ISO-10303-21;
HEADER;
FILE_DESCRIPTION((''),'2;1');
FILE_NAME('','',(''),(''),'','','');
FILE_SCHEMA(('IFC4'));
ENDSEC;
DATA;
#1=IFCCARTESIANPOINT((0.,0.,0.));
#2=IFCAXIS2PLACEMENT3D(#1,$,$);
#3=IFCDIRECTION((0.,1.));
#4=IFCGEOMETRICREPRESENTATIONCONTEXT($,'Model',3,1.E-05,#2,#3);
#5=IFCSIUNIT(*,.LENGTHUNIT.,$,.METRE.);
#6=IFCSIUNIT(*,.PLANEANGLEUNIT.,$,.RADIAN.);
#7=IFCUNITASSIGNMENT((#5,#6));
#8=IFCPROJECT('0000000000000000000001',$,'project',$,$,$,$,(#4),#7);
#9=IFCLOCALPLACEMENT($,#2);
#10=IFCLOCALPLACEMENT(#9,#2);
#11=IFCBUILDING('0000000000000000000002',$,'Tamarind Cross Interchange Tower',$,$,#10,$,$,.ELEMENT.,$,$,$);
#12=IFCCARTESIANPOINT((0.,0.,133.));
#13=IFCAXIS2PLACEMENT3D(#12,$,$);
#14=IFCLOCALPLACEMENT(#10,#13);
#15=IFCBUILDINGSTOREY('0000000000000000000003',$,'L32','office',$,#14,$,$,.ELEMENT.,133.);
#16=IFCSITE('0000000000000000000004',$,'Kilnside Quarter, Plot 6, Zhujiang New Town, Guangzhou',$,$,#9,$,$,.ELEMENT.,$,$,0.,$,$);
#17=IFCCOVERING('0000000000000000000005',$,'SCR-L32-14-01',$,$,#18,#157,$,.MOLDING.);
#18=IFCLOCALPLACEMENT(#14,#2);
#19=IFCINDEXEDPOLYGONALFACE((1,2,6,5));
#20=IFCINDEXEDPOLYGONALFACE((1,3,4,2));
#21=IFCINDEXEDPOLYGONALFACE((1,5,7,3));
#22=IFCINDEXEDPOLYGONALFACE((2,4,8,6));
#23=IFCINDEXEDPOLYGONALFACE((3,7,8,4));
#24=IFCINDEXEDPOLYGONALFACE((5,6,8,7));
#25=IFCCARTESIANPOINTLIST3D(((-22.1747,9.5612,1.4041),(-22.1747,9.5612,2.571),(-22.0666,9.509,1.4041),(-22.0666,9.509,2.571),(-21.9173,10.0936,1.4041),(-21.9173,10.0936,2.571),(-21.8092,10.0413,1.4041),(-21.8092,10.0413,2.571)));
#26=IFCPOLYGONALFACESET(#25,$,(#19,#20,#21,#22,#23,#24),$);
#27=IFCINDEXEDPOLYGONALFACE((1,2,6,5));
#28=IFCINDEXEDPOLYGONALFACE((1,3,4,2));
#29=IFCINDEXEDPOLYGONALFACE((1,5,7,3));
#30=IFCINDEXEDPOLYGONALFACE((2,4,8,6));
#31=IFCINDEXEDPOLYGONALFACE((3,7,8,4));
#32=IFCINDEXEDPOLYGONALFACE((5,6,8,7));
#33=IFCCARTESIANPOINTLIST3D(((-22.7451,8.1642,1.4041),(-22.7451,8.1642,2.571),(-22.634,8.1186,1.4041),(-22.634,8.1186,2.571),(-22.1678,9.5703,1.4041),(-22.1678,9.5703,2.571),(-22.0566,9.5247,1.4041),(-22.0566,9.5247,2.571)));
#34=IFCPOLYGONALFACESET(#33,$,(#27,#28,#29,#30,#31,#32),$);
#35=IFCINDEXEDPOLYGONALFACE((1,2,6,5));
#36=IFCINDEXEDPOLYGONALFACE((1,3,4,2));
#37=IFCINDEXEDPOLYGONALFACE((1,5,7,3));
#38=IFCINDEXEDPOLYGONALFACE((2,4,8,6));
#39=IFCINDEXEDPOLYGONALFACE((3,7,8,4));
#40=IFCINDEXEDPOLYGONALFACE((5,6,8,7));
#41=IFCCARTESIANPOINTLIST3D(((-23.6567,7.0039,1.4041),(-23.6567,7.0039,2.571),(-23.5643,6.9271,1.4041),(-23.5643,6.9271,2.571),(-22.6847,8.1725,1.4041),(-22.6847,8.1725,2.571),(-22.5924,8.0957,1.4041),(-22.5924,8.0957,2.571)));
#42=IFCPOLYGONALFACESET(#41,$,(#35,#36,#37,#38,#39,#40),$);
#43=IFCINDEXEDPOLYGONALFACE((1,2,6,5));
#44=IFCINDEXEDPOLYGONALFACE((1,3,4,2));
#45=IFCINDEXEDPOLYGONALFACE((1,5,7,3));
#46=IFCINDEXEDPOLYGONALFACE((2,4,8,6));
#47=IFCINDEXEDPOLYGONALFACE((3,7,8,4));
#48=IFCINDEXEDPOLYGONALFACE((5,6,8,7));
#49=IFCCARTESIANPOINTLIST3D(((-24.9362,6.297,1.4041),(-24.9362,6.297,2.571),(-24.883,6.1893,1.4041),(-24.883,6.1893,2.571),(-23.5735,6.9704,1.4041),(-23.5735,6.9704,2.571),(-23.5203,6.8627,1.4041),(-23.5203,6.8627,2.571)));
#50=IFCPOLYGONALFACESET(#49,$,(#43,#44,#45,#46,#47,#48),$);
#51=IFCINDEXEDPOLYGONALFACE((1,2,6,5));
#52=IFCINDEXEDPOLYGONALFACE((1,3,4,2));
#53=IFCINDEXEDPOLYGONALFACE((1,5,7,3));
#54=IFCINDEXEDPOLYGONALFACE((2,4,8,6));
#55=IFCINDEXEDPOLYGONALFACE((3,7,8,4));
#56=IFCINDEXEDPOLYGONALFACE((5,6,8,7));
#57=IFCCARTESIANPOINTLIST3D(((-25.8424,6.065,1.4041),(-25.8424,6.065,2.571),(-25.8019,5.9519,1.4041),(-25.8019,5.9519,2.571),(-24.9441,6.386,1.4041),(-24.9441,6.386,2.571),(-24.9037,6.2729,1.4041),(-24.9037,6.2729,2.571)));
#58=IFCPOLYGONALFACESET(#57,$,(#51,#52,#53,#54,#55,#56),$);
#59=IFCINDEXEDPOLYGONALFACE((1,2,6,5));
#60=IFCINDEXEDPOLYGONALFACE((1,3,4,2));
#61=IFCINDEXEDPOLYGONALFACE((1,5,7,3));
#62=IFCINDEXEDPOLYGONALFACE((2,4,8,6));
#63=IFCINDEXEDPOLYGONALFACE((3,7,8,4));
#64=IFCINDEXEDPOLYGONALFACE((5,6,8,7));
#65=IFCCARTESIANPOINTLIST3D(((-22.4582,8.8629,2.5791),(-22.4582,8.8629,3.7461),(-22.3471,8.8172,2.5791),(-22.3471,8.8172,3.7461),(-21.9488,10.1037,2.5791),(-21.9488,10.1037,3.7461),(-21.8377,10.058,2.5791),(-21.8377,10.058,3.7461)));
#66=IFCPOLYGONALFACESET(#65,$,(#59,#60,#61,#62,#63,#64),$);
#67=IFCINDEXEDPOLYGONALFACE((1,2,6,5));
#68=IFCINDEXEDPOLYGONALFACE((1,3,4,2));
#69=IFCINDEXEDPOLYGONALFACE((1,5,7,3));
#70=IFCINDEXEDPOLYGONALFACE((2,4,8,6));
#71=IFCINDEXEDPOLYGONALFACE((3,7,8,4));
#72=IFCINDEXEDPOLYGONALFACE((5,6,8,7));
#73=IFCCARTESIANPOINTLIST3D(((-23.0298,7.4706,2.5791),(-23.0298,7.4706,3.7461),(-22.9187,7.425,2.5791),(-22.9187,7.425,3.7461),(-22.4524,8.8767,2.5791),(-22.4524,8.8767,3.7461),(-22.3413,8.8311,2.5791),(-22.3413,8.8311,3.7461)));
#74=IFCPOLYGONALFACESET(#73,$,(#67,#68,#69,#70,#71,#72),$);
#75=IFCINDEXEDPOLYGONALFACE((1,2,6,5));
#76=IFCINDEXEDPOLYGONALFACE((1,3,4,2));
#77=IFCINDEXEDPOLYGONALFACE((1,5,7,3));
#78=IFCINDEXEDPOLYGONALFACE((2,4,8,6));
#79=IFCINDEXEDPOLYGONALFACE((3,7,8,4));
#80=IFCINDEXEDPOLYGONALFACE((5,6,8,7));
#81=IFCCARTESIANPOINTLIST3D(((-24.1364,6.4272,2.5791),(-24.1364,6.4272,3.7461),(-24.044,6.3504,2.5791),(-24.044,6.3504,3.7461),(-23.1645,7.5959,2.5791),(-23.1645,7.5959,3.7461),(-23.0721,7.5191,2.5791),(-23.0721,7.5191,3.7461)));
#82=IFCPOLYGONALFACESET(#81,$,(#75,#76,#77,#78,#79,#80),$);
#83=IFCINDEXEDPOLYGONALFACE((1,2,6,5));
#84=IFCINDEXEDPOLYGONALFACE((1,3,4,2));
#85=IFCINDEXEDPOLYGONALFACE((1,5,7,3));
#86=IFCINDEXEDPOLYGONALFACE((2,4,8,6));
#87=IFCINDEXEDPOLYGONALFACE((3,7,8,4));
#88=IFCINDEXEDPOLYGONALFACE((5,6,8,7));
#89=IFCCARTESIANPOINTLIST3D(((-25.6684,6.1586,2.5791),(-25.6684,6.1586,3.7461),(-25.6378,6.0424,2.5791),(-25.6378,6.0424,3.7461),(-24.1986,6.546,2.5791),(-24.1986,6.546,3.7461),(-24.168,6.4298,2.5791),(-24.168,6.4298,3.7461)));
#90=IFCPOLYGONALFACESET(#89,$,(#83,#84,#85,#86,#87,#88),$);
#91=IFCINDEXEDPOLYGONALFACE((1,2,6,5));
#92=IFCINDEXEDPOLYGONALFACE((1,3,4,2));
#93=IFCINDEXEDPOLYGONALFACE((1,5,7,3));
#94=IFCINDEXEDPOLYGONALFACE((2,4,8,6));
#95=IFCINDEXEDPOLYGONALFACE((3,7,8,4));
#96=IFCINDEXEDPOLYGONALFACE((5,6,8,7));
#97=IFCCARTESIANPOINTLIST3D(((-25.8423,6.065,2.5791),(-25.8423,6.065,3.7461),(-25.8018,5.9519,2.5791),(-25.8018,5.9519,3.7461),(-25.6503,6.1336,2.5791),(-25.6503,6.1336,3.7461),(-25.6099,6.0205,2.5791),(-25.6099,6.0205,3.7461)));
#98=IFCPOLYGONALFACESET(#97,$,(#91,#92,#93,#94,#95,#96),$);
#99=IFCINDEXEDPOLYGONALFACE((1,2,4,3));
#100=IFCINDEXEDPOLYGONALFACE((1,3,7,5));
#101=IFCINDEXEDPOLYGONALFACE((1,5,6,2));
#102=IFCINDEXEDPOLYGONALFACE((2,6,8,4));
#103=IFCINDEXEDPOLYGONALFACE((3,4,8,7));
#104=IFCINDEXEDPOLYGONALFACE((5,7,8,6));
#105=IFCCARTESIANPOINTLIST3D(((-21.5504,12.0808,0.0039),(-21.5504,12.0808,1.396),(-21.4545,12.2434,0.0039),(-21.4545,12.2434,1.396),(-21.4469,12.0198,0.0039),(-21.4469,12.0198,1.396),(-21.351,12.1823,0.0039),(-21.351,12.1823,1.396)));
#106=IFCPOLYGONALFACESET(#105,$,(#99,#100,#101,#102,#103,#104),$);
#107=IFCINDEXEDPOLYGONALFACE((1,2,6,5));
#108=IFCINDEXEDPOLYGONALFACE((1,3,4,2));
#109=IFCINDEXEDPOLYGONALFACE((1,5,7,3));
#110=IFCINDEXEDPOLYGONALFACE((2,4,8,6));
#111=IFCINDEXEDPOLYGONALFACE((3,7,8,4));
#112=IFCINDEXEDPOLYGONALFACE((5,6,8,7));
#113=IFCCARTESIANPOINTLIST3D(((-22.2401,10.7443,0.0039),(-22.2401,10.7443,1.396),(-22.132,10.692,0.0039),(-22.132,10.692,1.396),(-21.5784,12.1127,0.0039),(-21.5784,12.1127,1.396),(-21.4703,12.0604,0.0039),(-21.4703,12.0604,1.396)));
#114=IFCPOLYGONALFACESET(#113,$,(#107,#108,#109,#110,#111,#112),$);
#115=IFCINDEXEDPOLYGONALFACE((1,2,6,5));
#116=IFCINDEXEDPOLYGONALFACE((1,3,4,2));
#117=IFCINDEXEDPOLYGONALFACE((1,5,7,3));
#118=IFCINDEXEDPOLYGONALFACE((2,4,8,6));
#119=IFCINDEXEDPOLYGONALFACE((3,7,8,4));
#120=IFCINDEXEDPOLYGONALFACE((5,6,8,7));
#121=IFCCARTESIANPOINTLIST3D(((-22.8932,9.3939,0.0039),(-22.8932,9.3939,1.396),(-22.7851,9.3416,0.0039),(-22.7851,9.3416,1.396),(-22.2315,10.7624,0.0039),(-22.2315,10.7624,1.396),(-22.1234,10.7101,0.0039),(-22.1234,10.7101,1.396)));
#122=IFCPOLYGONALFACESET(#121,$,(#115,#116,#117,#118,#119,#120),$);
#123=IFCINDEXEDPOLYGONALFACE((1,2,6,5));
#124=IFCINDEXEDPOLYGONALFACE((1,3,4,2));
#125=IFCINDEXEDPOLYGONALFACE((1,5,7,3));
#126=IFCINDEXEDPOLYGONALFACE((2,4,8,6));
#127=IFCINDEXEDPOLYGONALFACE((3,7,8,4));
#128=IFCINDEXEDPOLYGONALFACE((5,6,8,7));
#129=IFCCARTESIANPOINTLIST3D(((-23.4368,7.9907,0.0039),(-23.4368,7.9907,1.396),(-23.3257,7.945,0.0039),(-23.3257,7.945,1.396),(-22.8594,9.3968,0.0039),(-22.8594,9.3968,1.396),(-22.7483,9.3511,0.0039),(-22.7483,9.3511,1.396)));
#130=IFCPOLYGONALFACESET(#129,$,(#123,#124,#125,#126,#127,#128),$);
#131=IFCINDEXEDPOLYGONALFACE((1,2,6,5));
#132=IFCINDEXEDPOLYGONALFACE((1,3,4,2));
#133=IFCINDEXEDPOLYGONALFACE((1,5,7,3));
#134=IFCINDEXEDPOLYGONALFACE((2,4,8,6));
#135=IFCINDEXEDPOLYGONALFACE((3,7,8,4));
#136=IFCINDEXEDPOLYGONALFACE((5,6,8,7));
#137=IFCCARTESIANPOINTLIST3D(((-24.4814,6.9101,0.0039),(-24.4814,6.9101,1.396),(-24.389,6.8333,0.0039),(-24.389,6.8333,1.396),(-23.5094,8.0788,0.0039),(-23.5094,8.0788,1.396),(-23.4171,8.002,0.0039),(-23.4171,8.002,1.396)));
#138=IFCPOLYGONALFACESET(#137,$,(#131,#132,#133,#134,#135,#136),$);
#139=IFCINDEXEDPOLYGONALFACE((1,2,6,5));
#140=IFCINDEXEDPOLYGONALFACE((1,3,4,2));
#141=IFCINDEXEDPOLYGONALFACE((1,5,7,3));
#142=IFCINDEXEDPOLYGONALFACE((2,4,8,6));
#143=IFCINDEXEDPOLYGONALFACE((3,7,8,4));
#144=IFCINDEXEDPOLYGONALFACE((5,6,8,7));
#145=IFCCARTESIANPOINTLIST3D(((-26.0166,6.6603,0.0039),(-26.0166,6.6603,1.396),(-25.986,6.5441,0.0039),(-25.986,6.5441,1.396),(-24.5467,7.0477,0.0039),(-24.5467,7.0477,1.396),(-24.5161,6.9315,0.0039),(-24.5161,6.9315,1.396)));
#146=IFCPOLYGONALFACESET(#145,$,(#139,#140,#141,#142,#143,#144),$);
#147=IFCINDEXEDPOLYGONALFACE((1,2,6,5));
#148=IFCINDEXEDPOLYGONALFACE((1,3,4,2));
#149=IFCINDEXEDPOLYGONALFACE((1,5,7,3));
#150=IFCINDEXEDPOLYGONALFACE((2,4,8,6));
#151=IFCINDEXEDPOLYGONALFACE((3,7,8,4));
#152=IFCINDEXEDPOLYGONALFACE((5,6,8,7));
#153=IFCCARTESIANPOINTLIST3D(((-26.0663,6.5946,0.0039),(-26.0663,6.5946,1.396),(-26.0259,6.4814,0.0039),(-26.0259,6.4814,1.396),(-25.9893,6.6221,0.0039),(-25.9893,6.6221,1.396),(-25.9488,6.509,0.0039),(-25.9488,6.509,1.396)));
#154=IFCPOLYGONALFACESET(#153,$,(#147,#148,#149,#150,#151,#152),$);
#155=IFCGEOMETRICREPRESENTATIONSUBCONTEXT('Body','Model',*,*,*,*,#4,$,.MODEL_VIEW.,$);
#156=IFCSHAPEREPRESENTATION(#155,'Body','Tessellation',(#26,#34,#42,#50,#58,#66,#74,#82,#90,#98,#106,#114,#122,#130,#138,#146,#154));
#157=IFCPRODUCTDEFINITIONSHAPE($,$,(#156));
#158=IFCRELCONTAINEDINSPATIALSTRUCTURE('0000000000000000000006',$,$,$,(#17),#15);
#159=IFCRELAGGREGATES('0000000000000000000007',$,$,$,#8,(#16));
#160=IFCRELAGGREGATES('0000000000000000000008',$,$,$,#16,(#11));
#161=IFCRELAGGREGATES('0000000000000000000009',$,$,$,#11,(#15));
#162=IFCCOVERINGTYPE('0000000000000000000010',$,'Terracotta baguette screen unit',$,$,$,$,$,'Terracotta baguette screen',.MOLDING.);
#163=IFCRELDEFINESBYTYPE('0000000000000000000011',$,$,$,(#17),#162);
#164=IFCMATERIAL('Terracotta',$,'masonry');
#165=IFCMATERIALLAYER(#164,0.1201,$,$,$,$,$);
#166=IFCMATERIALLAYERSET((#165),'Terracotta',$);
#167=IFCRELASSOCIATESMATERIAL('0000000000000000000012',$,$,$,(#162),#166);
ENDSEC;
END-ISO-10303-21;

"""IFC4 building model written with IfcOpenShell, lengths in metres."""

from ifc_helpers import new_model, si_unit, direction, frame, origin, origin_2d, place, context, subcontext, project, spatial, rectangle, extrude, material, layer, layer_set, type_object, element, save


model = new_model("IFC4")

# Units and contexts
model_context = context("Model", 3, precision=1e-05, world=origin(), true_north=direction((0.0, 1.0)))
body_context = subcontext(model_context, "Body", "Model", "MODEL_VIEW")
ifc_project = project(units=[si_unit("LENGTHUNIT", "METRE"), si_unit("PLANEANGLEUNIT", "RADIAN")], contexts=[model_context])

# Site, building, storey
site_placement = place(None, origin())
site = spatial("IfcSite", under=ifc_project, at=site_placement, Name="Kilnside Quarter, Plot 6, Zhujiang New Town, Guangzhou", CompositionType="ELEMENT", RefElevation=0.0)
building_placement = place(site_placement, origin())
building = spatial("IfcBuilding", under=site, at=building_placement, Name="Tamarind Cross Interchange Tower", CompositionType="ELEMENT")
storey_placement = place(building_placement, frame((0.0, 0.0, 133.0)))
storey = spatial("IfcBuildingStorey", under=building, at=storey_placement, Name="L32", Description="office", CompositionType="ELEMENT", Elevation=133.0)

# Covering
ifc_material_1 = material(Name="Terracotta", Category="masonry")
ifc_layer_1 = layer(ifc_material_1, 0.1201)
ifc_layer_set_1 = layer_set([ifc_layer_1], Name="Terracotta")
covering_type = type_object("IfcCoveringType", Name="Terracotta baguette screen unit", ElementType="Terracotta baguette screen", PredefinedType="MOLDING", material=ifc_layer_set_1)
covering_1_placement = place(storey_placement, origin())
element("IfcCovering", 1, at=covering_1_placement, inside=storey, type_object=covering_type, Name="SCR-L32-14-01", PredefinedType="MOLDING", context=body_context, shape_type="SweptSolid", body=[
    extrude(rectangle(XDim=0.5913, YDim=0.1201, at=origin_2d()), frame((-21.9919, 9.8013, 1.4041), z_axis=(0.0, 0.0, 1.0), x_axis=(-0.435326, -0.900273, 0.0)), (0.0, 0.0, 1.0), 1.167),
    extrude(rectangle(XDim=1.52, YDim=0.1201, at=origin_2d()), frame((-22.4009, 8.8445, 1.4041), z_axis=(0.0, 0.0, 1.0), x_axis=(-0.379837, -0.925053, 0.0)), (0.0, 0.0, 1.0), 1.167),
    extrude(rectangle(XDim=1.52, YDim=0.1201, at=origin_2d()), frame((-23.1245, 7.5498, 1.4041), z_axis=(0.0, 0.0, 1.0), x_axis=(-0.639426, -0.768853, 0.0)), (0.0, 0.0, 1.0), 1.167),
    extrude(rectangle(XDim=1.52, YDim=0.1201, at=origin_2d()), frame((-24.2283, 6.5798, 1.4041), z_axis=(0.0, 0.0, 1.0), x_axis=(-0.896528, -0.442988, 0.0)), (0.0, 0.0, 1.0), 1.167),
    extrude(rectangle(XDim=0.9539, YDim=0.1201, at=origin_2d()), frame((-25.373, 6.1689, 1.4041), z_axis=(0.0, 0.0, 1.0), x_axis=(-0.941677, -0.336517, 0.0)), (0.0, 0.0, 1.0), 1.167),
    extrude(rectangle(XDim=1.3413, YDim=0.1201, at=origin_2d()), frame((-22.1479, 9.4604, 2.5791), z_axis=(0.0, 0.0, 1.0), x_axis=(-0.379837, -0.925053, 0.0)), (0.0, 0.0, 1.0), 1.167),
    extrude(rectangle(XDim=1.52, YDim=0.1201, at=origin_2d()), frame((-22.6855, 8.1509, 2.5791), z_axis=(0.0, 0.0, 1.0), x_axis=(-0.379837, -0.925053, 0.0)), (0.0, 0.0, 1.0), 1.167),
    extrude(rectangle(XDim=1.52, YDim=0.1201, at=origin_2d()), frame((-23.6042, 6.9731, 2.5791), z_axis=(0.0, 0.0, 1.0), x_axis=(-0.639426, -0.768853, 0.0)), (0.0, 0.0, 1.0), 1.167),
    extrude(rectangle(XDim=1.52, YDim=0.1201, at=origin_2d()), frame((-24.9182, 6.2942, 2.5791), z_axis=(0.0, 0.0, 1.0), x_axis=(-0.966981, -0.254848, 0.0)), (0.0, 0.0, 1.0), 1.167),
    extrude(rectangle(XDim=0.2039, YDim=0.1201, at=origin_2d()), frame((-25.7261, 6.0427, 2.5791), z_axis=(0.0, 0.0, 1.0), x_axis=(-0.941677, -0.336517, 0.0)), (0.0, 0.0, 1.0), 1.167),
    extrude(rectangle(XDim=0.1887, YDim=0.1201, at=origin_2d()), frame((-21.4507, 12.1316, 0.0039), z_axis=(0.0, 0.0, 1.0), x_axis=(-0.508183, -0.861249, 0.0)), (0.0, 0.0, 1.0), 1.3921),
    extrude(rectangle(XDim=1.52, YDim=0.1201, at=origin_2d()), frame((-21.8552, 11.4023, 0.0039), z_axis=(0.0, 0.0, 1.0), x_axis=(-0.435326, -0.900273, 0.0)), (0.0, 0.0, 1.0), 1.3921),
    extrude(rectangle(XDim=1.52, YDim=0.1201, at=origin_2d()), frame((-22.5083, 10.052, 0.0039), z_axis=(0.0, 0.0, 1.0), x_axis=(-0.435326, -0.900273, 0.0)), (0.0, 0.0, 1.0), 1.3921),
    extrude(rectangle(XDim=1.52, YDim=0.1201, at=origin_2d()), frame((-23.0925, 8.6709, 0.0039), z_axis=(0.0, 0.0, 1.0), x_axis=(-0.379837, -0.925053, 0.0)), (0.0, 0.0, 1.0), 1.3921),
    extrude(rectangle(XDim=1.52, YDim=0.1201, at=origin_2d()), frame((-23.9492, 7.4561, 0.0039), z_axis=(0.0, 0.0, 1.0), x_axis=(-0.639426, -0.768853, 0.0)), (0.0, 0.0, 1.0), 1.3921),
    extrude(rectangle(XDim=1.52, YDim=0.1201, at=origin_2d()), frame((-25.2664, 6.7959, 0.0039), z_axis=(0.0, 0.0, 1.0), x_axis=(-0.966981, -0.254848, 0.0)), (0.0, 0.0, 1.0), 1.3921),
    extrude(rectangle(XDim=0.0818, YDim=0.1201, at=origin_2d()), frame((-26.0076, 6.5518, 0.0039), z_axis=(0.0, 0.0, 1.0), x_axis=(-0.941677, -0.336517, 0.0)), (0.0, 0.0, 1.0), 1.3921),
])

save(model, "model.ifc")
